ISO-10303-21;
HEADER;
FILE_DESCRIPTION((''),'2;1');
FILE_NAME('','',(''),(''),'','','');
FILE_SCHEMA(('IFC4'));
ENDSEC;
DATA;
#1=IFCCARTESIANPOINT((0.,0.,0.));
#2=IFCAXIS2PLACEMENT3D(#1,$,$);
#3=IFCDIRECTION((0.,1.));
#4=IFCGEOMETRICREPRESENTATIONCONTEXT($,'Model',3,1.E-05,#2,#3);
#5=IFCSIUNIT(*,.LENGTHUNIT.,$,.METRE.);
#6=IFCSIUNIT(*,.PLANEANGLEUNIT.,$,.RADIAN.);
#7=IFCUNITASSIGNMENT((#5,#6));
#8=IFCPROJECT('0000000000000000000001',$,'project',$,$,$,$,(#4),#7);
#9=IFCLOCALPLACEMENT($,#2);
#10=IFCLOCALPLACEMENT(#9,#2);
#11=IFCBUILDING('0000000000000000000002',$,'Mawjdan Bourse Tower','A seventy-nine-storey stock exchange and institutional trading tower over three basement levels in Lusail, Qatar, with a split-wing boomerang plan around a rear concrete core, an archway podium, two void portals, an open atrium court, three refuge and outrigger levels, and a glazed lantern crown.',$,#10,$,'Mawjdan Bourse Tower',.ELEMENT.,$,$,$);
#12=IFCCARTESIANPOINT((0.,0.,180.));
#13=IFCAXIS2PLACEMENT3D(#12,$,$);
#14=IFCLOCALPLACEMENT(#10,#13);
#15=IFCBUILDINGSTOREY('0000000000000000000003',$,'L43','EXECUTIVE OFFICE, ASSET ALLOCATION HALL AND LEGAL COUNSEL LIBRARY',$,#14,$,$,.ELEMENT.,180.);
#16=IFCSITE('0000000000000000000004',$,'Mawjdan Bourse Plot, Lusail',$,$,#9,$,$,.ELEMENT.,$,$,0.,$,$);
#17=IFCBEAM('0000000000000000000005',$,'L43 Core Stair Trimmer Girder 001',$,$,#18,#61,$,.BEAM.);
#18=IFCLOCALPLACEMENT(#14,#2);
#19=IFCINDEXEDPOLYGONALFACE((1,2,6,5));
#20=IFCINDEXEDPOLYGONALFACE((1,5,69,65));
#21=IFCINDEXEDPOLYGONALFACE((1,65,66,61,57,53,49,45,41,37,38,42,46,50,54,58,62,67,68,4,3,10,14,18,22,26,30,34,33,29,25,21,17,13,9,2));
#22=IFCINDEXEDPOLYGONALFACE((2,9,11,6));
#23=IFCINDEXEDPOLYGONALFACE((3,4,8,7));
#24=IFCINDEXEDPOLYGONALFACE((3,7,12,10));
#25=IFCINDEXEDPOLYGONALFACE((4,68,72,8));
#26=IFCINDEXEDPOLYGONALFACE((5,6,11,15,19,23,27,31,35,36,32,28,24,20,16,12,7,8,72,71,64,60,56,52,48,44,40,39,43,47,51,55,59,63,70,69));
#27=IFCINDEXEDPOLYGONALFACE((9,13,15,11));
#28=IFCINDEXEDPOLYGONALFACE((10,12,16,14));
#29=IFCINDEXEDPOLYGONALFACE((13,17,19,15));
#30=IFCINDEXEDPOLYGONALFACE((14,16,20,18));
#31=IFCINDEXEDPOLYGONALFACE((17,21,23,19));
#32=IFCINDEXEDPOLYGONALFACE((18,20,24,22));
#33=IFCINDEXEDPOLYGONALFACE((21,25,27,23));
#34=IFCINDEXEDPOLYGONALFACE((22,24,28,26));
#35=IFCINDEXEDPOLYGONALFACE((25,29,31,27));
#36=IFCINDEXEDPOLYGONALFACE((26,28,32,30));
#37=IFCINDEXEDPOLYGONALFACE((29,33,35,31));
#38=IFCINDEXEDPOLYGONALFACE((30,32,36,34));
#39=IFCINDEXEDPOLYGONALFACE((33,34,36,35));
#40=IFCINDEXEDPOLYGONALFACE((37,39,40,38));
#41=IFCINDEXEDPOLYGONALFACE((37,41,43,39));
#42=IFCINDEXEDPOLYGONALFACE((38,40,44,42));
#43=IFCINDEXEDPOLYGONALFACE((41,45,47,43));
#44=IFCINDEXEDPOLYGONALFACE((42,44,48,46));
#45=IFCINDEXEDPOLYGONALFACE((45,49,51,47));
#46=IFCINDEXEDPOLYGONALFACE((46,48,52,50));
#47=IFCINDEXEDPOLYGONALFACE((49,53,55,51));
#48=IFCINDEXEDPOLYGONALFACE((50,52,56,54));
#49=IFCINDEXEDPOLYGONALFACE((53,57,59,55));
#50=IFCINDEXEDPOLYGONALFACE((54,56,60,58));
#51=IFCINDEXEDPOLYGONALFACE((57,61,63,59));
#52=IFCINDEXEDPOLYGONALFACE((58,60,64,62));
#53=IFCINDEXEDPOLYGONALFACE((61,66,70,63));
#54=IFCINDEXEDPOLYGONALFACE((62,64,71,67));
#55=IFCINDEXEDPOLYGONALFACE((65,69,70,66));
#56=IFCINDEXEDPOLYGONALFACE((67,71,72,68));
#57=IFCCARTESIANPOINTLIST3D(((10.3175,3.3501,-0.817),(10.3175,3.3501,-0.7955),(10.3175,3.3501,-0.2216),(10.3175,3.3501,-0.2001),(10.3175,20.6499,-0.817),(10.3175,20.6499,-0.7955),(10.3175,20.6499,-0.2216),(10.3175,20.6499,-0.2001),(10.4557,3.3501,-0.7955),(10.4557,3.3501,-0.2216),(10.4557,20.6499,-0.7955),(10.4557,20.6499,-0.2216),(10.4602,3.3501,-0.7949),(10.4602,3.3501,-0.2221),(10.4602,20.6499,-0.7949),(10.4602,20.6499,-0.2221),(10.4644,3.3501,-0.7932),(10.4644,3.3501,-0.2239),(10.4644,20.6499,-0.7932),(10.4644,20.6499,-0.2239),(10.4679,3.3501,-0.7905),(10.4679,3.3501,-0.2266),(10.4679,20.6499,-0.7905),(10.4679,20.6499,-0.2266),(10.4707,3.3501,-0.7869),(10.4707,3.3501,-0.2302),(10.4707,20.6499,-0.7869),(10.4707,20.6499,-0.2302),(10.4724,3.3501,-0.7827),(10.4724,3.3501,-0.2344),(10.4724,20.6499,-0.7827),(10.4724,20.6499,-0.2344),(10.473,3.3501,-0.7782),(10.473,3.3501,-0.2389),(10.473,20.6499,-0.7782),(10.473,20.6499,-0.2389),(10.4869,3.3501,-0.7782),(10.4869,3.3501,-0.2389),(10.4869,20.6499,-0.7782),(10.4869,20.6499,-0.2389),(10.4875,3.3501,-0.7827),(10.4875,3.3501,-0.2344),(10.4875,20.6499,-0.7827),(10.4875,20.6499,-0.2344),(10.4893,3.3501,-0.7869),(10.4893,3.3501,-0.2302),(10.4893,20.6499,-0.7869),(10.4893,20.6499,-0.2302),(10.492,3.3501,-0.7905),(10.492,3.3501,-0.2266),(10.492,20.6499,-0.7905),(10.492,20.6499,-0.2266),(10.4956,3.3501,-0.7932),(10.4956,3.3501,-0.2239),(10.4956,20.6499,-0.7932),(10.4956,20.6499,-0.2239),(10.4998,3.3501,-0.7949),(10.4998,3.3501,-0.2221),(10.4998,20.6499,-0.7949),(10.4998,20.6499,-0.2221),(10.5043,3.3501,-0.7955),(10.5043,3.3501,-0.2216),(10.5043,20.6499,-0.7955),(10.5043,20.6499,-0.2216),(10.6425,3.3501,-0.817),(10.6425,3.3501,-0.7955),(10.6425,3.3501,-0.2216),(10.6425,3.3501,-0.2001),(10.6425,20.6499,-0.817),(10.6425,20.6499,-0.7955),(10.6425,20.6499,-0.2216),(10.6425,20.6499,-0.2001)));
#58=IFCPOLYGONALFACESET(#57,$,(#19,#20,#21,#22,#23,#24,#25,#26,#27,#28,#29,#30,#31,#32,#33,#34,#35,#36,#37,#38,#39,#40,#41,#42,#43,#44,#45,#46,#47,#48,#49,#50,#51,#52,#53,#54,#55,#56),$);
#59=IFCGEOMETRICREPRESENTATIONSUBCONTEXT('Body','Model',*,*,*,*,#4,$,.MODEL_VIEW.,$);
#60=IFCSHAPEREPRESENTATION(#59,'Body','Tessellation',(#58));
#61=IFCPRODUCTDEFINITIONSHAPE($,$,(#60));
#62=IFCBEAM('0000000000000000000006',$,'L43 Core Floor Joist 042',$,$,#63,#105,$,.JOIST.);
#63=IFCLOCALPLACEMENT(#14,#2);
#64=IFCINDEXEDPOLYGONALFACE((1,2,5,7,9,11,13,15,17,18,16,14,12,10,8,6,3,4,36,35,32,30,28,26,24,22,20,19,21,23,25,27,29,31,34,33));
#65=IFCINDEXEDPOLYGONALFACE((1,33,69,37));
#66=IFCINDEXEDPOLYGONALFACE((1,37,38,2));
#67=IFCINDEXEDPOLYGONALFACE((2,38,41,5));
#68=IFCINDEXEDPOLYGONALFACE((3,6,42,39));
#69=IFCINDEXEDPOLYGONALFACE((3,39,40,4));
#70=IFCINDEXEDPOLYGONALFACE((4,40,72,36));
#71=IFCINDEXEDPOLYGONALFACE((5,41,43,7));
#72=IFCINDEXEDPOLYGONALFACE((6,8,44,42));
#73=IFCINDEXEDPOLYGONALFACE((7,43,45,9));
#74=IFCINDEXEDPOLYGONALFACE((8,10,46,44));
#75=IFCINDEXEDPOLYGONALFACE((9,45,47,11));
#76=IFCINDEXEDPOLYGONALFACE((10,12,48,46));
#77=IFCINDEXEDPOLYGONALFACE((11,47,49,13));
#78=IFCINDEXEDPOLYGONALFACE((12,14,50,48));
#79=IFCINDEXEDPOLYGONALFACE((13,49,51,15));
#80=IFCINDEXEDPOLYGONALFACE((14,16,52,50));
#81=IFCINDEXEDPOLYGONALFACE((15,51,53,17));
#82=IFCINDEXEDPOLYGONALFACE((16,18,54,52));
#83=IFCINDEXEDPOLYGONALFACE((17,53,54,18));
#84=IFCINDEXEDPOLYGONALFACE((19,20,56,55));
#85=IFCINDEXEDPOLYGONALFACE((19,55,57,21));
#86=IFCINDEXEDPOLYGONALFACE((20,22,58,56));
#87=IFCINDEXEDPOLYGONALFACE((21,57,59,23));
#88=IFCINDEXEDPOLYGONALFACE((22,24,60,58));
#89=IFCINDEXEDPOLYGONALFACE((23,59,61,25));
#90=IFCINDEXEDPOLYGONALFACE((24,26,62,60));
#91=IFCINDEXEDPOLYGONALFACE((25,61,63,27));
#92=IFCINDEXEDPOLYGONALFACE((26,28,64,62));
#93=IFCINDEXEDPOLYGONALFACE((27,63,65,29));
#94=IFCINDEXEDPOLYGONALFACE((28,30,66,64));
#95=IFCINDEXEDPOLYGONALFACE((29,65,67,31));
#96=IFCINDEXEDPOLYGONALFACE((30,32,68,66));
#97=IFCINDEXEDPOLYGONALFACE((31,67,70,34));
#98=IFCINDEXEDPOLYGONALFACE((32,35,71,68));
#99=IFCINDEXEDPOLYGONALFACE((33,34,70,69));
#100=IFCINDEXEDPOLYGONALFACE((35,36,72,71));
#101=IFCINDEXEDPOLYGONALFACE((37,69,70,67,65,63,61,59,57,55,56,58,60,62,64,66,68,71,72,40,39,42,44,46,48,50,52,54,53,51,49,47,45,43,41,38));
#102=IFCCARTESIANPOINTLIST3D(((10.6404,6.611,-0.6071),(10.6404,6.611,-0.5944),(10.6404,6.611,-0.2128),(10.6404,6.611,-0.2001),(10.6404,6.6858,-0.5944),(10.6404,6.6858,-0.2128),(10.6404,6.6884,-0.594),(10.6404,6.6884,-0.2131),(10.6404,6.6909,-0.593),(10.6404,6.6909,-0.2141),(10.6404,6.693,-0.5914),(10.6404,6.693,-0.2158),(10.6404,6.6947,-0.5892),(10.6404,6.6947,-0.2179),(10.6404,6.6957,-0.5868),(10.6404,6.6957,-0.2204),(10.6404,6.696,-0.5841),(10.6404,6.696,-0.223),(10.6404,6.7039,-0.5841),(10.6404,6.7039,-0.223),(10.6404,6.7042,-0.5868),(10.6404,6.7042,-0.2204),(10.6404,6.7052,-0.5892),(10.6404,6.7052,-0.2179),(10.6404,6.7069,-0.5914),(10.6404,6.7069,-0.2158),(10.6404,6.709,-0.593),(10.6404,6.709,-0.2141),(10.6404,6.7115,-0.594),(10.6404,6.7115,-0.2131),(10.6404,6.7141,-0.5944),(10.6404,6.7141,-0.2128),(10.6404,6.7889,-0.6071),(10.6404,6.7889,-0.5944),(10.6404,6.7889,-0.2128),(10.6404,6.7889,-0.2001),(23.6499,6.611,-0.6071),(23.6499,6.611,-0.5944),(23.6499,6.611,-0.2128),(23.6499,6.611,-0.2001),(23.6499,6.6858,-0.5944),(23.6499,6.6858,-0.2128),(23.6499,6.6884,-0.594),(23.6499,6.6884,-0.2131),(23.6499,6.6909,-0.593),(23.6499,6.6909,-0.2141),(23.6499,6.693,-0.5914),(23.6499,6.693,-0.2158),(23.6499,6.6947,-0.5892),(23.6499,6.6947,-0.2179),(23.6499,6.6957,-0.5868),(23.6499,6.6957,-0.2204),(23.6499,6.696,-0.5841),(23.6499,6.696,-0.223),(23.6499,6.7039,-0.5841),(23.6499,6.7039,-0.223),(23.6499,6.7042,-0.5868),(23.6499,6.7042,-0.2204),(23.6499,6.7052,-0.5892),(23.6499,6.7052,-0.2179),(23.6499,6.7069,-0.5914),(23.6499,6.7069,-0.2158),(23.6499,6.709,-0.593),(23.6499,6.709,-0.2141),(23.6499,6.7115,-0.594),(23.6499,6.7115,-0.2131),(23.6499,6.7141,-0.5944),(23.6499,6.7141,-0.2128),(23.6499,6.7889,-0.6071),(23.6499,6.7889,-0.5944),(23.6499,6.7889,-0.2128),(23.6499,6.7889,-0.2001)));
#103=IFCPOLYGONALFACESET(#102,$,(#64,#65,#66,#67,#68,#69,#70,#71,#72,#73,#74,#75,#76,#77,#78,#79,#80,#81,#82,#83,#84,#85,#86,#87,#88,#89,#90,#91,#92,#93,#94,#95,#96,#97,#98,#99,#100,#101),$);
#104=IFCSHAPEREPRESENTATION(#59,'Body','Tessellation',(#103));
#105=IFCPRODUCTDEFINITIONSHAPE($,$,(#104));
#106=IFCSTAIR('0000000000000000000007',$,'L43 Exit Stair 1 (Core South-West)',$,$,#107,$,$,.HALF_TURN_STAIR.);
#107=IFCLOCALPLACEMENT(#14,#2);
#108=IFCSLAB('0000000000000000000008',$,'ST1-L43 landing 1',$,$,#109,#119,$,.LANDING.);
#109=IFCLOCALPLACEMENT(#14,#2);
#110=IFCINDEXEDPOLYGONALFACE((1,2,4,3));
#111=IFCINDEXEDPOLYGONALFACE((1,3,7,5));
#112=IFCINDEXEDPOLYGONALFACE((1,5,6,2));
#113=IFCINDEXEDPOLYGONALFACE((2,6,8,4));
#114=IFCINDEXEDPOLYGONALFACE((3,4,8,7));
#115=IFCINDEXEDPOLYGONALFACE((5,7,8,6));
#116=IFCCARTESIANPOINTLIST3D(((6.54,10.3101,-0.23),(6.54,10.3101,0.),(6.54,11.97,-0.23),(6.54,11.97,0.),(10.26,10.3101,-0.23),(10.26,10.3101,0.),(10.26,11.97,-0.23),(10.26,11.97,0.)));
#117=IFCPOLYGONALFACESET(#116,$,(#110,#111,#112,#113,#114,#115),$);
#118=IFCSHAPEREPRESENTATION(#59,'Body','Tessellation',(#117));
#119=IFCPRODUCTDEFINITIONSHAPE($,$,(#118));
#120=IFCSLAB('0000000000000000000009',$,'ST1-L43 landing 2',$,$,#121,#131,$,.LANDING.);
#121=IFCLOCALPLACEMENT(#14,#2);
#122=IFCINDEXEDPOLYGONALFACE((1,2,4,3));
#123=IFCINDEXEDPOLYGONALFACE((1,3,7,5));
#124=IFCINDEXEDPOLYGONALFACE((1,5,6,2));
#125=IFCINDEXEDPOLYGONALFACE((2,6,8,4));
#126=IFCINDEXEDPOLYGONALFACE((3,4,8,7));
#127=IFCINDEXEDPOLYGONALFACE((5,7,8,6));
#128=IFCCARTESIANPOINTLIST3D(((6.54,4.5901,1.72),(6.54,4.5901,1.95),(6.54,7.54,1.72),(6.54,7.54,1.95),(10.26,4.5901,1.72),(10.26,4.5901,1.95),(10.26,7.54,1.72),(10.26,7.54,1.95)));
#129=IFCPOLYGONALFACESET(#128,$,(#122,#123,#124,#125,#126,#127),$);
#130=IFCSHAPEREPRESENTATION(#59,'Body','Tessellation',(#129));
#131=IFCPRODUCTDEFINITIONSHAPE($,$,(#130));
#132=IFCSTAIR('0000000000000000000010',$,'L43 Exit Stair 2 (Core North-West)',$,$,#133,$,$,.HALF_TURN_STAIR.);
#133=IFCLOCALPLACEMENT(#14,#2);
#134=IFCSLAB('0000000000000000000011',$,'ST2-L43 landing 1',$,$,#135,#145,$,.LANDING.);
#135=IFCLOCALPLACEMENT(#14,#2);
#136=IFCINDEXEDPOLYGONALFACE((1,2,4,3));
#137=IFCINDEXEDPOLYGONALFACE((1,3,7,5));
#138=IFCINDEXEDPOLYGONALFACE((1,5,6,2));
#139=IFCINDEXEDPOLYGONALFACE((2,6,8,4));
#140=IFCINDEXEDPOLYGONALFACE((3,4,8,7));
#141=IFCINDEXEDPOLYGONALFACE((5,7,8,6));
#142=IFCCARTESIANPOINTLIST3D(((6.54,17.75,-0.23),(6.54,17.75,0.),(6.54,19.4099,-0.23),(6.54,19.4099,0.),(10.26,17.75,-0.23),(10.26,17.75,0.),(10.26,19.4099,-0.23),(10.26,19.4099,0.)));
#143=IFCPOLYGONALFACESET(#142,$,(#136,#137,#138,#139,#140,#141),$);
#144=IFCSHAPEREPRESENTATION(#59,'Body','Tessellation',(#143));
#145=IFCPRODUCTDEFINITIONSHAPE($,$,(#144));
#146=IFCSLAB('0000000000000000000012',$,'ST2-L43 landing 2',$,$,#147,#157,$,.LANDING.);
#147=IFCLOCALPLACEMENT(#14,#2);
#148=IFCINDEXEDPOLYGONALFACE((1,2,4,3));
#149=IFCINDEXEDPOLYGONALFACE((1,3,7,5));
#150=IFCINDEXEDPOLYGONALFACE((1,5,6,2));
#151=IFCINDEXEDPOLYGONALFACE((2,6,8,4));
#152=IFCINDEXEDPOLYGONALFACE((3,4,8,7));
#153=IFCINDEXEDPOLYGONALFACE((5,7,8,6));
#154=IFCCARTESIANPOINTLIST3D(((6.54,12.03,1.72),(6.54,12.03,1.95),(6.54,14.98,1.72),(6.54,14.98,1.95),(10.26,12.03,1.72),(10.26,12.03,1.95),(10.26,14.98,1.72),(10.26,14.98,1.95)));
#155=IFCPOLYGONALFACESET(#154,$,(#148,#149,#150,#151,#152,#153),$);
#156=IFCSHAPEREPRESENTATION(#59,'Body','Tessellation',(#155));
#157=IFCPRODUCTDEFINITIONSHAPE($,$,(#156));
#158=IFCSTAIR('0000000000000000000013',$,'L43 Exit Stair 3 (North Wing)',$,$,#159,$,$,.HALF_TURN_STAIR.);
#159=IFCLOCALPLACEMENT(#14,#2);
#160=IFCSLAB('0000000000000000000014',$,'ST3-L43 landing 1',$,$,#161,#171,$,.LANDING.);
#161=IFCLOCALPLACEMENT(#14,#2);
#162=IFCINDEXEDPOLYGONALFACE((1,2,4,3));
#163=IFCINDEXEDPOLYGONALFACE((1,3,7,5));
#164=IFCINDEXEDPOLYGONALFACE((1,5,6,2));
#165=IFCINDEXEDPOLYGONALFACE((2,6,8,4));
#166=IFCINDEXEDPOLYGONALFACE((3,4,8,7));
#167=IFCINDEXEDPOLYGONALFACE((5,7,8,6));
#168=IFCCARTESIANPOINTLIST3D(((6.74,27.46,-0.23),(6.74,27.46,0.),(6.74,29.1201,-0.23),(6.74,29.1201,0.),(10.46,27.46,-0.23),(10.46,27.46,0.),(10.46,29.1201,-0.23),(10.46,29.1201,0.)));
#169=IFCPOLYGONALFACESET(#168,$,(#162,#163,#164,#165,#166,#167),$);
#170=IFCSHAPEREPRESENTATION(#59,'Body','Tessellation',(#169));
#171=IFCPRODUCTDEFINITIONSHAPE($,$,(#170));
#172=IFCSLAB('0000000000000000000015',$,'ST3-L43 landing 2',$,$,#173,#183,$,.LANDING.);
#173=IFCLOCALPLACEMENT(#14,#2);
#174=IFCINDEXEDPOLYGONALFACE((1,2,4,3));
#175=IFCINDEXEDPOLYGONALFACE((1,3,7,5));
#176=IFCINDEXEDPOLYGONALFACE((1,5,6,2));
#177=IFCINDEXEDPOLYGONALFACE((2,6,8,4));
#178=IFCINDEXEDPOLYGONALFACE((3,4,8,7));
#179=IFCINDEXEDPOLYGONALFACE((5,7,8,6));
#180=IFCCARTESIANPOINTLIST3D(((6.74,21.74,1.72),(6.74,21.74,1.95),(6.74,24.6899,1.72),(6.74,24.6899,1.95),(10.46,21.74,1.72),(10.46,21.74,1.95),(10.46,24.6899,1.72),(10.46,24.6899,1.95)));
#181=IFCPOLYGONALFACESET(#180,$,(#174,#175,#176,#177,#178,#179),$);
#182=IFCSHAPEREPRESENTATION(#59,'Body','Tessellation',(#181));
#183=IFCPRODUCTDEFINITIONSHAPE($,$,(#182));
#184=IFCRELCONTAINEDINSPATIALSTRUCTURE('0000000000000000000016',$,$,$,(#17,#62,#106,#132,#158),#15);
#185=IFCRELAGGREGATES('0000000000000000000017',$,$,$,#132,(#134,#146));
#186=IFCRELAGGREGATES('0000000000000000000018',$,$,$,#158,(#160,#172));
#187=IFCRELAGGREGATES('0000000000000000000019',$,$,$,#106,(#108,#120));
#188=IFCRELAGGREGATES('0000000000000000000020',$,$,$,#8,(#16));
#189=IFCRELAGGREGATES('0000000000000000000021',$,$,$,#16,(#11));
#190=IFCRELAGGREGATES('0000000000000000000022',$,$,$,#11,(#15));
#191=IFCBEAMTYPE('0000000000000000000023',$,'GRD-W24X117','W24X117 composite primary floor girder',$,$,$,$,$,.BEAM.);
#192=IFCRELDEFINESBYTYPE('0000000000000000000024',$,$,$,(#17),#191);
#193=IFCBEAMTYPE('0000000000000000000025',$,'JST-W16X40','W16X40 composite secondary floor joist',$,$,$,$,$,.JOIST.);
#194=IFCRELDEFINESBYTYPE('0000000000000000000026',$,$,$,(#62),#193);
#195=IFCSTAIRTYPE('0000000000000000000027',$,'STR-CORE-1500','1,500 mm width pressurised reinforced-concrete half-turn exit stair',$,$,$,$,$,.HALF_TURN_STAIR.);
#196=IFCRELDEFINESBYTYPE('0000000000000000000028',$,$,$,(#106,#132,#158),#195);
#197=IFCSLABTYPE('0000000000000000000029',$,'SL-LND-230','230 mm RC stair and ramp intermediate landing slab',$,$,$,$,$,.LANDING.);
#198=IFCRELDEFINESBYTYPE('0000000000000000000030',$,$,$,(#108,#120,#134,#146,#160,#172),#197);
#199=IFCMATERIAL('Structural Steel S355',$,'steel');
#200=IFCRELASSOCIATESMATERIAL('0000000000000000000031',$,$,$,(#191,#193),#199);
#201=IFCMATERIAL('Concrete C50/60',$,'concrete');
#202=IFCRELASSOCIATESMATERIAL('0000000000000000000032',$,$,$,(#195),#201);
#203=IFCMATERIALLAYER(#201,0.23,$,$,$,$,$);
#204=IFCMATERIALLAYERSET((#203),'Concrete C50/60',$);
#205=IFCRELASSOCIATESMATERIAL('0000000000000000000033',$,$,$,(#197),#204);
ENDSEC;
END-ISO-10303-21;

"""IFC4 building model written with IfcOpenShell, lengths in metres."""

from ifc_helpers import new_model, si_unit, direction, frame, origin, origin_2d, place, context, subcontext, project, spatial, polyline, i_section, outline, extrude, material, layer, layer_set, material_profile, profile_set, type_object, element, aggregate, save


model = new_model("IFC4")

# Units and contexts
model_context = context("Model", 3, precision=1e-05, world=origin(), true_north=direction((0.0, 1.0)))
body_context = subcontext(model_context, "Body", "Model", "MODEL_VIEW")
ifc_project = project(units=[si_unit("LENGTHUNIT", "METRE"), si_unit("PLANEANGLEUNIT", "RADIAN")], contexts=[model_context])

# Site, building, storey
site_placement = place(None, origin())
site = spatial("IfcSite", under=ifc_project, at=site_placement, Name="Mawjdan Bourse Plot, Lusail", CompositionType="ELEMENT", RefElevation=0.0)
building_placement = place(site_placement, origin())
building = spatial("IfcBuilding", under=site, at=building_placement, Name="Mawjdan Bourse Tower", Description="A seventy-nine-storey stock exchange and institutional trading tower over three basement levels in Lusail, Qatar, with a split-wing boomerang plan around a rear concrete core, an archway podium, two void portals, an open atrium court, three refuge and outrigger levels, and a glazed lantern crown.", LongName="Mawjdan Bourse Tower", CompositionType="ELEMENT")
storey_placement = place(building_placement, frame((0.0, 0.0, 180.0)))
storey = spatial("IfcBuildingStorey", under=building, at=storey_placement, Name="L43", Description="EXECUTIVE OFFICE, ASSET ALLOCATION HALL AND LEGAL COUNSEL LIBRARY", CompositionType="ELEMENT", Elevation=180.0)

# Beams
ifc_material_1 = material(Name="Structural Steel S355", Category="steel")
ifc_material_profile_1 = material_profile(ifc_material_1, i_section(OverallWidth=0.325, OverallDepth=0.6169, WebThickness=0.0139, FlangeThickness=0.0215, FilletRadius=0.0173, at=origin_2d()), Name="W24X117")
ifc_profile_set_1 = profile_set([ifc_material_profile_1], Name="Structural Steel S355")
beam_type_1 = type_object("IfcBeamType", Name="GRD-W24X117", Description="W24X117 composite primary floor girder", PredefinedType="BEAM", material=ifc_profile_set_1)
beam_1_placement = place(storey_placement, frame((10.48, 3.3501, -0.5085), z_axis=(0.0, 1.0, 0.0), x_axis=(-1.0, 0.0, 0.0)))
element("IfcBeam", 1, at=beam_1_placement, inside=storey, type_object=beam_type_1, Name="L43 Core Stair Trimmer Girder 001", PredefinedType="BEAM", context=body_context, shape_type="SweptSolid", body=[
    extrude(i_section(OverallWidth=0.325, OverallDepth=0.6169, WebThickness=0.0139, FlangeThickness=0.0215, FilletRadius=0.0173, at=origin_2d()), origin(), (0.0, 0.0, 1.0), 17.2998),
])
ifc_material_profile_2 = material_profile(ifc_material_1, i_section(OverallWidth=0.178, OverallDepth=0.407, WebThickness=0.0078, FlangeThickness=0.0127, FilletRadius=0.0103, at=origin_2d()), Name="W16X40")
ifc_profile_set_2 = profile_set([ifc_material_profile_2], Name="Structural Steel S355")
beam_type_2 = type_object("IfcBeamType", Name="JST-W16X40", Description="W16X40 composite secondary floor joist", PredefinedType="JOIST", material=ifc_profile_set_2)
beam_2_placement = place(storey_placement, frame((10.6404, 6.7, -0.4036), z_axis=(1.0, 0.0, 0.0), x_axis=(0.0, 1.0, 0.0)))
element("IfcBeam", 2, at=beam_2_placement, inside=storey, type_object=beam_type_2, Name="L43 Core Floor Joist 042", PredefinedType="JOIST", context=body_context, shape_type="SweptSolid", body=[
    extrude(i_section(OverallWidth=0.178, OverallDepth=0.407, WebThickness=0.0078, FlangeThickness=0.0127, FilletRadius=0.0103, at=origin_2d()), origin(), (0.0, 0.0, 1.0), 13.0095),
])

# Stairs, slabs
ifc_material_2 = material(Name="Concrete C50/60", Category="concrete")
stair_type = type_object("IfcStairType", Name="STR-CORE-1500", Description="1,500 mm width pressurised reinforced-concrete half-turn exit stair", PredefinedType="HALF_TURN_STAIR", material=ifc_material_2)
stair_1_placement = place(storey_placement, origin())
stair_1 = element("IfcStair", 3, at=stair_1_placement, inside=storey, type_object=stair_type, Name="L43 Exit Stair 1 (Core South-West)", PredefinedType="HALF_TURN_STAIR")
ifc_layer_1 = layer(ifc_material_2, 0.23)
ifc_layer_set_1 = layer_set([ifc_layer_1], Name="Concrete C50/60")
slab_type_1 = type_object("IfcSlabType", Name="SL-LND-230", Description="230 mm RC stair and ramp intermediate landing slab", PredefinedType="LANDING", material=ifc_layer_set_1)
slab_1_placement = place(storey_placement, frame((0.0, 0.0, -0.23)))
slab_1 = element("IfcSlab", 4, at=slab_1_placement, type_object=slab_type_1, Name="ST1-L43 landing 1", PredefinedType="LANDING", context=body_context, shape_type="SweptSolid", body=[
    extrude(outline(polyline([(6.54, 10.3101), (10.26, 10.3101), (10.26, 11.97), (6.54, 11.97), (6.54, 10.3101)])), origin(), (0.0, 0.0, 1.0), 0.23),
])
slab_2_placement = place(storey_placement, frame((0.0, 0.0, 1.72)))
slab_2 = element("IfcSlab", 5, at=slab_2_placement, type_object=slab_type_1, Name="ST1-L43 landing 2", PredefinedType="LANDING", context=body_context, shape_type="SweptSolid", body=[
    extrude(outline(polyline([(6.54, 4.5901), (10.26, 4.5901), (10.26, 7.54), (6.54, 7.54), (6.54, 4.5901)])), origin(), (0.0, 0.0, 1.0), 0.23),
])
stair_2_placement = place(storey_placement, origin())
stair_2 = element("IfcStair", 6, at=stair_2_placement, inside=storey, type_object=stair_type, Name="L43 Exit Stair 2 (Core North-West)", PredefinedType="HALF_TURN_STAIR")
slab_3_placement = place(storey_placement, frame((0.0, 0.0, -0.23)))
slab_3 = element("IfcSlab", 7, at=slab_3_placement, type_object=slab_type_1, Name="ST2-L43 landing 1", PredefinedType="LANDING", context=body_context, shape_type="SweptSolid", body=[
    extrude(outline(polyline([(6.54, 17.75), (10.26, 17.75), (10.26, 19.4099), (6.54, 19.4099), (6.54, 17.75)])), origin(), (0.0, 0.0, 1.0), 0.23),
])
slab_4_placement = place(storey_placement, frame((0.0, 0.0, 1.72)))
slab_4 = element("IfcSlab", 8, at=slab_4_placement, type_object=slab_type_1, Name="ST2-L43 landing 2", PredefinedType="LANDING", context=body_context, shape_type="SweptSolid", body=[
    extrude(outline(polyline([(6.54, 12.03), (10.26, 12.03), (10.26, 14.98), (6.54, 14.98), (6.54, 12.03)])), origin(), (0.0, 0.0, 1.0), 0.23),
])
aggregate(stair_2, [slab_3, slab_4])
stair_3_placement = place(storey_placement, origin())
stair_3 = element("IfcStair", 9, at=stair_3_placement, inside=storey, type_object=stair_type, Name="L43 Exit Stair 3 (North Wing)", PredefinedType="HALF_TURN_STAIR")
slab_5_placement = place(storey_placement, frame((0.0, 0.0, -0.23)))
slab_5 = element("IfcSlab", 10, at=slab_5_placement, type_object=slab_type_1, Name="ST3-L43 landing 1", PredefinedType="LANDING", context=body_context, shape_type="SweptSolid", body=[
    extrude(outline(polyline([(6.74, 27.46), (10.46, 27.46), (10.46, 29.1201), (6.74, 29.1201), (6.74, 27.46)])), origin(), (0.0, 0.0, 1.0), 0.23),
])
slab_6_placement = place(storey_placement, frame((0.0, 0.0, 1.72)))
slab_6 = element("IfcSlab", 11, at=slab_6_placement, type_object=slab_type_1, Name="ST3-L43 landing 2", PredefinedType="LANDING", context=body_context, shape_type="SweptSolid", body=[
    extrude(outline(polyline([(6.74, 21.74), (10.46, 21.74), (10.46, 24.6899), (6.74, 24.6899), (6.74, 21.74)])), origin(), (0.0, 0.0, 1.0), 0.23),
])
aggregate(stair_3, [slab_5, slab_6])

aggregate(stair_1, [slab_1, slab_2])

save(model, "model.ifc")
